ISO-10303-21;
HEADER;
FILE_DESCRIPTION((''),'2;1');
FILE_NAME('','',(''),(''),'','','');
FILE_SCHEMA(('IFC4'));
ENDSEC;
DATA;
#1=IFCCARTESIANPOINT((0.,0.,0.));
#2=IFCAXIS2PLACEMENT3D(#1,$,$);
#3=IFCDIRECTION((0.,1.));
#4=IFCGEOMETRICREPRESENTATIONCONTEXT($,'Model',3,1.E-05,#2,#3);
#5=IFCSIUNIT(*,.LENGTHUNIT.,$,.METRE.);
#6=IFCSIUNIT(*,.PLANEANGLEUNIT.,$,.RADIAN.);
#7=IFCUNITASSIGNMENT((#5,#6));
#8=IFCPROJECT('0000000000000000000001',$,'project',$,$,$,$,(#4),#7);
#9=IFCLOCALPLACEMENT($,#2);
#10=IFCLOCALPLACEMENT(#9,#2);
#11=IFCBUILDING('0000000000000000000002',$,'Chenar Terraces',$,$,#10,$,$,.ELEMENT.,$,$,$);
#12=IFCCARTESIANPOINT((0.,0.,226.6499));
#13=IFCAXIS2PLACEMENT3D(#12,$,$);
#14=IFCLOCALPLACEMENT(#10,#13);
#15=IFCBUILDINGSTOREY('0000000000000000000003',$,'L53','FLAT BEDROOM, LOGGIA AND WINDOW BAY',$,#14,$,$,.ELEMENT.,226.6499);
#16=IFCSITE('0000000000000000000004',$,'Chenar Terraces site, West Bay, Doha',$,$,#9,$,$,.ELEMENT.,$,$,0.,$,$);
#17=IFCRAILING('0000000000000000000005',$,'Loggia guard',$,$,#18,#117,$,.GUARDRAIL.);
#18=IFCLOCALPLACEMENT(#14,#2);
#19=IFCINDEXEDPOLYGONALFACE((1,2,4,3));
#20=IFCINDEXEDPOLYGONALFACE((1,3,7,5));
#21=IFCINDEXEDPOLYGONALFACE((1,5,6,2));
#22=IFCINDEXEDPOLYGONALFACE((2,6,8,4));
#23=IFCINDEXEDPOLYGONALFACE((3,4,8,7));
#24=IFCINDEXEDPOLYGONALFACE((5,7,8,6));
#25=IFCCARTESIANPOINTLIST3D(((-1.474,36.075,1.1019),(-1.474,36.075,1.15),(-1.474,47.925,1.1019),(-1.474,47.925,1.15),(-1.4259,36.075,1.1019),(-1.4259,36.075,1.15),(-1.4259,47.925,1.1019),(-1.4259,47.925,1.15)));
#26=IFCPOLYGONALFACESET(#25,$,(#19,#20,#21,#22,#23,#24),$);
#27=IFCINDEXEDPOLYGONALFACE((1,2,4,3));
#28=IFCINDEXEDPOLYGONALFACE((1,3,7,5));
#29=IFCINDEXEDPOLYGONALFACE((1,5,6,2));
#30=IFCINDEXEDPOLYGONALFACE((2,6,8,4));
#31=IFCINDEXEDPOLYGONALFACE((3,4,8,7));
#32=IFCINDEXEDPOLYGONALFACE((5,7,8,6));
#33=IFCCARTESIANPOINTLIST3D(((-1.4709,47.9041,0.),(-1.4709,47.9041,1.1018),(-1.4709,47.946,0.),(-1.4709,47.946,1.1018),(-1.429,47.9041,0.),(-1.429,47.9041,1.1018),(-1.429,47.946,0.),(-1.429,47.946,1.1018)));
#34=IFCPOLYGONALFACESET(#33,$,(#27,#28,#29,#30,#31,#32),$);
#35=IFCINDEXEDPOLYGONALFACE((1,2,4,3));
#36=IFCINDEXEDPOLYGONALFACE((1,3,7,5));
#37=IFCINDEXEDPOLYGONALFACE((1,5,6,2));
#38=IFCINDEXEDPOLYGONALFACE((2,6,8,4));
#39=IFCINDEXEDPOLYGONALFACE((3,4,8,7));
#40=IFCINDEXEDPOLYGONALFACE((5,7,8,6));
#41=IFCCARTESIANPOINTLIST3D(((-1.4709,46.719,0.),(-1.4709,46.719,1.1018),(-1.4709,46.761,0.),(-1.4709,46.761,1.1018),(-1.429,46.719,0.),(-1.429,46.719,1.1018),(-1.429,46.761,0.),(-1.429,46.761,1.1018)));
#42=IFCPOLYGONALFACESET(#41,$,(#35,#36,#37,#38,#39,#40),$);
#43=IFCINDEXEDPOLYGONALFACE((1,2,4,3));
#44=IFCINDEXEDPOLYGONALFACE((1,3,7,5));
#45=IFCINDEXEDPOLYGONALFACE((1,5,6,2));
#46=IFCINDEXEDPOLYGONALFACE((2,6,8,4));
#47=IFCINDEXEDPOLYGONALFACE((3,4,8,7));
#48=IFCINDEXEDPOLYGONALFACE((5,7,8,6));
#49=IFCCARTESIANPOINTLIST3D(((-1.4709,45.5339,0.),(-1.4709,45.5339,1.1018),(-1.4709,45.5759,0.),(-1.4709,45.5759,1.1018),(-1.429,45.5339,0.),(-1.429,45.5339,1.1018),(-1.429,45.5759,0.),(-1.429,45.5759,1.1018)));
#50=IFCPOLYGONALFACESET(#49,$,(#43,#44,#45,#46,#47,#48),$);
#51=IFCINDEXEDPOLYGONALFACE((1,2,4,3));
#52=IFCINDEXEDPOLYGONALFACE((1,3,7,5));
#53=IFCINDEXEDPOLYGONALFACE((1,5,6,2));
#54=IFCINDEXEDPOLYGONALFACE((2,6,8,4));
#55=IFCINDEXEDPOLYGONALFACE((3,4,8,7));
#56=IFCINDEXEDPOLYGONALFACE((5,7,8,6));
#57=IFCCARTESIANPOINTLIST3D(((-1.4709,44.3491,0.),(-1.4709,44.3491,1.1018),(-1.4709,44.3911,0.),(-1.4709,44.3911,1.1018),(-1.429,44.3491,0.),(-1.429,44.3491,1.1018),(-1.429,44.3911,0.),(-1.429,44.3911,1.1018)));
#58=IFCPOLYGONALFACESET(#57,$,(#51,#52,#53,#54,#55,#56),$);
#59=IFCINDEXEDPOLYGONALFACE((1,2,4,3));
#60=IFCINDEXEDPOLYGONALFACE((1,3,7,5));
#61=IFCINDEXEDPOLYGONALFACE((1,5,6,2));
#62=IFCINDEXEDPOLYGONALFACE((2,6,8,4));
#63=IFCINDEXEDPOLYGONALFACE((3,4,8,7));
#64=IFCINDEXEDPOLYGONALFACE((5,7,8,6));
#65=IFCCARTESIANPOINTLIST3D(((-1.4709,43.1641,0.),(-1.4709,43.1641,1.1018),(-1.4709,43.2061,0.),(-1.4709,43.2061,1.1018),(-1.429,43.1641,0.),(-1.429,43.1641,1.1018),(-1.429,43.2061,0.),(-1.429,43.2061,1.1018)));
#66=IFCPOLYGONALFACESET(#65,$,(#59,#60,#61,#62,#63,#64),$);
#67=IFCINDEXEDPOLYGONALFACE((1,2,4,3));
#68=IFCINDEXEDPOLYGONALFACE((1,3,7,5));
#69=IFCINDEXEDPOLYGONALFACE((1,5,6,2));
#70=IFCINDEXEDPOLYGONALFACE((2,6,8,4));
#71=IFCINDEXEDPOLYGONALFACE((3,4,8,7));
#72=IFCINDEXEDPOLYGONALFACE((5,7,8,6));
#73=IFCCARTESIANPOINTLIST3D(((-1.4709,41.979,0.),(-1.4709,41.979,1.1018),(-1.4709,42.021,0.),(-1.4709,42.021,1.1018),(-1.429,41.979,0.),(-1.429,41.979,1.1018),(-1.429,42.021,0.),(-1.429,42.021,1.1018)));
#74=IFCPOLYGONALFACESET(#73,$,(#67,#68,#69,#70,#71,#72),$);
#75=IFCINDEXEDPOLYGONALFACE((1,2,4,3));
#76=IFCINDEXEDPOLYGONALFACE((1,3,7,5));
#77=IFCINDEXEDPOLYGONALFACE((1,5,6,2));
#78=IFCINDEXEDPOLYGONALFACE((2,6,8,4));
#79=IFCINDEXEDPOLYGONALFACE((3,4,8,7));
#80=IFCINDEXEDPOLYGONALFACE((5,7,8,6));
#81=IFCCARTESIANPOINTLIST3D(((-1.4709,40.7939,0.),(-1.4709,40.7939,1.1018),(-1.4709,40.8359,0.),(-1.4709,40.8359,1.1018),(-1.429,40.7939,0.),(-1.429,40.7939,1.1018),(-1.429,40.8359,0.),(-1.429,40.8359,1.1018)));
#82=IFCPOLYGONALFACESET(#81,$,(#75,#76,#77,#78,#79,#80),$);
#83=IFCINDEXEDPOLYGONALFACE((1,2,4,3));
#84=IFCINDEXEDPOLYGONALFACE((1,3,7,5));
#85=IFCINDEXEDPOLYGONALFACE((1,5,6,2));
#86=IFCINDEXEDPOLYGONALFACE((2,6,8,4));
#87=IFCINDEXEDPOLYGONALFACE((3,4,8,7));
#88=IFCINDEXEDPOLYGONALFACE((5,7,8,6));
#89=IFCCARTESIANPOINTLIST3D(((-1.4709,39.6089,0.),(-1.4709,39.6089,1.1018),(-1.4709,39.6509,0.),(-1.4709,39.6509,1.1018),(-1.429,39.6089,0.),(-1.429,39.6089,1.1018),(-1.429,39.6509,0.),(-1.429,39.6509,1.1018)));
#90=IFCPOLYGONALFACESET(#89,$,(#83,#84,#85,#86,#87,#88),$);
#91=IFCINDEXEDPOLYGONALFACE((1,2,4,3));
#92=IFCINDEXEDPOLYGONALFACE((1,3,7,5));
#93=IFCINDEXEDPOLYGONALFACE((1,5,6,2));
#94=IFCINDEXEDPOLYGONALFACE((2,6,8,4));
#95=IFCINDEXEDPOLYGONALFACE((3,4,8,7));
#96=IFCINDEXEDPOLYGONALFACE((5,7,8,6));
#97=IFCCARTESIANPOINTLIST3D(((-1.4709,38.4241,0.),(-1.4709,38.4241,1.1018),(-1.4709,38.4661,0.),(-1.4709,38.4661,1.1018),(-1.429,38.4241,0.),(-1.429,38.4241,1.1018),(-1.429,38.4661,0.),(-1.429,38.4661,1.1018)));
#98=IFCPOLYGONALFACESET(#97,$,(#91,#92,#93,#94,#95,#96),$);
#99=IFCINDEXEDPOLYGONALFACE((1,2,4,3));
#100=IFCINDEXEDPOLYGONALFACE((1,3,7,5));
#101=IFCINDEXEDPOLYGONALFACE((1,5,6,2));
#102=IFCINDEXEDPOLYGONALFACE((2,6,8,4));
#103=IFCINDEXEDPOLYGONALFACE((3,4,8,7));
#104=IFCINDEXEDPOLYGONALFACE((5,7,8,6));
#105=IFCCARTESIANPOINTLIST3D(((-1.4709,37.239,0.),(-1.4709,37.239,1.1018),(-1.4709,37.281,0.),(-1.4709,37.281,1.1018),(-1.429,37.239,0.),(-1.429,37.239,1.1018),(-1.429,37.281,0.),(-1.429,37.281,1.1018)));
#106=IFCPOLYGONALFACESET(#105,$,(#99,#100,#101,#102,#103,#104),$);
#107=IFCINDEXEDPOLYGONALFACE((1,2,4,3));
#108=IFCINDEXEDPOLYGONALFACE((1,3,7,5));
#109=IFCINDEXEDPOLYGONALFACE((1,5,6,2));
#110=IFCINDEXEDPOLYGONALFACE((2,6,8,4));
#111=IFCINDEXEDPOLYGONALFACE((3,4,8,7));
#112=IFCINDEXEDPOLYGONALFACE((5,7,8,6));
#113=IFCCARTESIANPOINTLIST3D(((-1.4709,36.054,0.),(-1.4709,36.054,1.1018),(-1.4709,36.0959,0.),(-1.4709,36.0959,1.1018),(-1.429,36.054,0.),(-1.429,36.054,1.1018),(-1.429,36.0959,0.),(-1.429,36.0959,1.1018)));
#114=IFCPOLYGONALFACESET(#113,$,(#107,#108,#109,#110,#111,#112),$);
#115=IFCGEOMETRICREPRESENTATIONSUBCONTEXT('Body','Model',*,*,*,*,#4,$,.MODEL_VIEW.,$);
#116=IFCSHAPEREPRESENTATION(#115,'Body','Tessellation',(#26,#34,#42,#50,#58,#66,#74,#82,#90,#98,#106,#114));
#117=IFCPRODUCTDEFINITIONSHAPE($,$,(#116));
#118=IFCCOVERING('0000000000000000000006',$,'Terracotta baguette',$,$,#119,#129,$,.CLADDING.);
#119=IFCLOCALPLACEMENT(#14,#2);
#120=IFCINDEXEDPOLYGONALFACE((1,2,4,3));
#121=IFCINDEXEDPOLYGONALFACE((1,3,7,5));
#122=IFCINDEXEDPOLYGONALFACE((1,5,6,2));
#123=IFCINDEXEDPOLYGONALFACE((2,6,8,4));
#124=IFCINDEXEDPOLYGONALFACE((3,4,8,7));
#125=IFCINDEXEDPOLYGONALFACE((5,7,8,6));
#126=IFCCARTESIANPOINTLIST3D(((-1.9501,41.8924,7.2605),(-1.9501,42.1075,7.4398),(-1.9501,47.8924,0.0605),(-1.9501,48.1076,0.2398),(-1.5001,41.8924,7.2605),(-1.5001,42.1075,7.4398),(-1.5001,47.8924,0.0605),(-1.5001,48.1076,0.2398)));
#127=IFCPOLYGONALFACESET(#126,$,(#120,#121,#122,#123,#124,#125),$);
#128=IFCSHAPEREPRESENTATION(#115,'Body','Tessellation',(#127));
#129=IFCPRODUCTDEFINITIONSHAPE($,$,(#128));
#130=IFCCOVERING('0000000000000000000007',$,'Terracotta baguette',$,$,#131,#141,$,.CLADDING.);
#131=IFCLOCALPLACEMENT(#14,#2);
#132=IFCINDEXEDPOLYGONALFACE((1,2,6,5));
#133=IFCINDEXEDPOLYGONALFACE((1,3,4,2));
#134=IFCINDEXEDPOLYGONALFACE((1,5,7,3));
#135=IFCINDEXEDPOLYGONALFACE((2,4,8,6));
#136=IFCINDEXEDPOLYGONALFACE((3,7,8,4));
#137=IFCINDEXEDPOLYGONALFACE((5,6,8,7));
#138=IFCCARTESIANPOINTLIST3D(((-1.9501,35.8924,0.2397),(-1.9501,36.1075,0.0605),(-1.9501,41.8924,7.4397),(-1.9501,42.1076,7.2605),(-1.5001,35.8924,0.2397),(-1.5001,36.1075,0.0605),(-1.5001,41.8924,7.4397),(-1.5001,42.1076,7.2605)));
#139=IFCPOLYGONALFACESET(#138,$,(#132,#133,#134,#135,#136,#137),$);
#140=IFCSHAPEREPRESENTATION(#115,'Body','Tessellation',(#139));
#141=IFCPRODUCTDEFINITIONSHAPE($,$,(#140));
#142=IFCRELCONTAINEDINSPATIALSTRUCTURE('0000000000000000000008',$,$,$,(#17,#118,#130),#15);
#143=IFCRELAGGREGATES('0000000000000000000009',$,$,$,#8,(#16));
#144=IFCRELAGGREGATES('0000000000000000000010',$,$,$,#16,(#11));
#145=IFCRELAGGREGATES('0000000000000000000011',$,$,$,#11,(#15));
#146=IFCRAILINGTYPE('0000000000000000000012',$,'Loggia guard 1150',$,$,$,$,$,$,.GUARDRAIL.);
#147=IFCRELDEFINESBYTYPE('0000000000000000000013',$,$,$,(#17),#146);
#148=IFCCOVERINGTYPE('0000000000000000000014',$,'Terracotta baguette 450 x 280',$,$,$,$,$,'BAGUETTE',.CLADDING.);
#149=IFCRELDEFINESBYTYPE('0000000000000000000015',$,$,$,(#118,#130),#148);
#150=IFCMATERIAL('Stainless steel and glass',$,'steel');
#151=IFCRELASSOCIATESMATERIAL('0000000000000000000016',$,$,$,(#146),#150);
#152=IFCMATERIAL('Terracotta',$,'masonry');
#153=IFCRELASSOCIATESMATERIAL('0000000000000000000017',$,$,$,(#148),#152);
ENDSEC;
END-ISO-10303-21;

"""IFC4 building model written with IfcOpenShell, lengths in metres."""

from ifc_helpers import new_model, si_unit, direction, frame, origin, origin_2d, place, context, subcontext, project, spatial, rectangle, extrude, material, material_profile, profile_set, type_object, element, save


model = new_model("IFC4")

# Units and contexts
model_context = context("Model", 3, precision=1e-05, world=origin(), true_north=direction((0.0, 1.0)))
body_context = subcontext(model_context, "Body", "Model", "MODEL_VIEW")
ifc_project = project(units=[si_unit("LENGTHUNIT", "METRE"), si_unit("PLANEANGLEUNIT", "RADIAN")], contexts=[model_context])

# Site, building, storey
site_placement = place(None, origin())
site = spatial("IfcSite", under=ifc_project, at=site_placement, Name="Chenar Terraces site, West Bay, Doha", CompositionType="ELEMENT", RefElevation=0.0)
building_placement = place(site_placement, origin())
building = spatial("IfcBuilding", under=site, at=building_placement, Name="Chenar Terraces", CompositionType="ELEMENT")
storey_placement = place(building_placement, frame((0.0, 0.0, 226.6499)))
storey = spatial("IfcBuildingStorey", under=building, at=storey_placement, Name="L53", Description="FLAT BEDROOM, LOGGIA AND WINDOW BAY", CompositionType="ELEMENT", Elevation=226.6499)

# Railing
ifc_material_1 = material(Name="Stainless steel and glass", Category="steel")
railing_type = type_object("IfcRailingType", Name="Loggia guard 1150", PredefinedType="GUARDRAIL", material=ifc_material_1)
railing_placement = place(storey_placement, frame((-1.45, 47.925, 0.0)))
element("IfcRailing", 1, at=railing_placement, inside=storey, type_object=railing_type, Name="Loggia guard", PredefinedType="GUARDRAIL", context=body_context, shape_type="SweptSolid", body=[
    extrude(rectangle(XDim=0.0481, YDim=0.0481, at=origin_2d()), frame((0.0, 0.0, 1.126), z_axis=(0.0, -1.0, 0.0), x_axis=(1.0, 0.0, 0.0)), (0.0, 0.0, 1.0), 11.8501),
    extrude(rectangle(XDim=0.042, YDim=0.042, at=origin_2d()), origin(), (0.0, 0.0, 1.0), 1.1018),
    extrude(rectangle(XDim=0.042, YDim=0.042, at=origin_2d()), frame((0.0, -1.1851, 0.0)), (0.0, 0.0, 1.0), 1.1018),
    extrude(rectangle(XDim=0.042, YDim=0.042, at=origin_2d()), frame((0.0, -2.3701, 0.0)), (0.0, 0.0, 1.0), 1.1018),
    extrude(rectangle(XDim=0.042, YDim=0.042, at=origin_2d()), frame((0.0, -3.5549, 0.0)), (0.0, 0.0, 1.0), 1.1018),
    extrude(rectangle(XDim=0.042, YDim=0.042, at=origin_2d()), frame((0.0, -4.74, 0.0)), (0.0, 0.0, 1.0), 1.1018),
    extrude(rectangle(XDim=0.042, YDim=0.042, at=origin_2d()), frame((0.0, -5.925, 0.0)), (0.0, 0.0, 1.0), 1.1018),
    extrude(rectangle(XDim=0.042, YDim=0.042, at=origin_2d()), frame((0.0, -7.1101, 0.0)), (0.0, 0.0, 1.0), 1.1018),
    extrude(rectangle(XDim=0.042, YDim=0.042, at=origin_2d()), frame((0.0, -8.2952, 0.0)), (0.0, 0.0, 1.0), 1.1018),
    extrude(rectangle(XDim=0.042, YDim=0.042, at=origin_2d()), frame((0.0, -9.48, 0.0)), (0.0, 0.0, 1.0), 1.1018),
    extrude(rectangle(XDim=0.042, YDim=0.042, at=origin_2d()), frame((0.0, -10.665, 0.0)), (0.0, 0.0, 1.0), 1.1018),
    extrude(rectangle(XDim=0.042, YDim=0.042, at=origin_2d()), frame((0.0, -11.8501, 0.0)), (0.0, 0.0, 1.0), 1.1018),
])

# Coverings
ifc_material_2 = material(Name="Terracotta", Category="masonry")
ifc_material_profile_1 = material_profile(ifc_material_2, rectangle(XDim=0.45, YDim=0.28, at=origin_2d()), Name="Terracotta baguette 450 x 280")
ifc_profile_set_1 = profile_set([ifc_material_profile_1], Name="Terracotta")
covering_type = type_object("IfcCoveringType", Name="Terracotta baguette 450 x 280", ElementType="BAGUETTE", PredefinedType="CLADDING", material=ifc_profile_set_1)
for number, where, z_axis, x_axis, name in (
    (2, (-1.7251, 48.0, 0.1501), (0.0, -0.640187, 0.768219), (1.0, 0.0, 0.0), "Terracotta baguette"),
    (3, (-1.7251, 42.0, 7.3501), (0.0, -0.640187, -0.768219), (1.0, 0.0, 0.0), "Terracotta baguette"),
):
    element("IfcCovering", number, at=place(storey_placement, frame(where, z_axis=z_axis, x_axis=x_axis)), inside=storey, type_object=covering_type, Name=name, PredefinedType="CLADDING", context=body_context, shape_type="SweptSolid", body=[
        extrude(rectangle(XDim=0.45, YDim=0.28, at=origin_2d()), origin(), (0.0, 0.0, 1.0), 9.3723),
    ])

save(model, "model.ifc")
